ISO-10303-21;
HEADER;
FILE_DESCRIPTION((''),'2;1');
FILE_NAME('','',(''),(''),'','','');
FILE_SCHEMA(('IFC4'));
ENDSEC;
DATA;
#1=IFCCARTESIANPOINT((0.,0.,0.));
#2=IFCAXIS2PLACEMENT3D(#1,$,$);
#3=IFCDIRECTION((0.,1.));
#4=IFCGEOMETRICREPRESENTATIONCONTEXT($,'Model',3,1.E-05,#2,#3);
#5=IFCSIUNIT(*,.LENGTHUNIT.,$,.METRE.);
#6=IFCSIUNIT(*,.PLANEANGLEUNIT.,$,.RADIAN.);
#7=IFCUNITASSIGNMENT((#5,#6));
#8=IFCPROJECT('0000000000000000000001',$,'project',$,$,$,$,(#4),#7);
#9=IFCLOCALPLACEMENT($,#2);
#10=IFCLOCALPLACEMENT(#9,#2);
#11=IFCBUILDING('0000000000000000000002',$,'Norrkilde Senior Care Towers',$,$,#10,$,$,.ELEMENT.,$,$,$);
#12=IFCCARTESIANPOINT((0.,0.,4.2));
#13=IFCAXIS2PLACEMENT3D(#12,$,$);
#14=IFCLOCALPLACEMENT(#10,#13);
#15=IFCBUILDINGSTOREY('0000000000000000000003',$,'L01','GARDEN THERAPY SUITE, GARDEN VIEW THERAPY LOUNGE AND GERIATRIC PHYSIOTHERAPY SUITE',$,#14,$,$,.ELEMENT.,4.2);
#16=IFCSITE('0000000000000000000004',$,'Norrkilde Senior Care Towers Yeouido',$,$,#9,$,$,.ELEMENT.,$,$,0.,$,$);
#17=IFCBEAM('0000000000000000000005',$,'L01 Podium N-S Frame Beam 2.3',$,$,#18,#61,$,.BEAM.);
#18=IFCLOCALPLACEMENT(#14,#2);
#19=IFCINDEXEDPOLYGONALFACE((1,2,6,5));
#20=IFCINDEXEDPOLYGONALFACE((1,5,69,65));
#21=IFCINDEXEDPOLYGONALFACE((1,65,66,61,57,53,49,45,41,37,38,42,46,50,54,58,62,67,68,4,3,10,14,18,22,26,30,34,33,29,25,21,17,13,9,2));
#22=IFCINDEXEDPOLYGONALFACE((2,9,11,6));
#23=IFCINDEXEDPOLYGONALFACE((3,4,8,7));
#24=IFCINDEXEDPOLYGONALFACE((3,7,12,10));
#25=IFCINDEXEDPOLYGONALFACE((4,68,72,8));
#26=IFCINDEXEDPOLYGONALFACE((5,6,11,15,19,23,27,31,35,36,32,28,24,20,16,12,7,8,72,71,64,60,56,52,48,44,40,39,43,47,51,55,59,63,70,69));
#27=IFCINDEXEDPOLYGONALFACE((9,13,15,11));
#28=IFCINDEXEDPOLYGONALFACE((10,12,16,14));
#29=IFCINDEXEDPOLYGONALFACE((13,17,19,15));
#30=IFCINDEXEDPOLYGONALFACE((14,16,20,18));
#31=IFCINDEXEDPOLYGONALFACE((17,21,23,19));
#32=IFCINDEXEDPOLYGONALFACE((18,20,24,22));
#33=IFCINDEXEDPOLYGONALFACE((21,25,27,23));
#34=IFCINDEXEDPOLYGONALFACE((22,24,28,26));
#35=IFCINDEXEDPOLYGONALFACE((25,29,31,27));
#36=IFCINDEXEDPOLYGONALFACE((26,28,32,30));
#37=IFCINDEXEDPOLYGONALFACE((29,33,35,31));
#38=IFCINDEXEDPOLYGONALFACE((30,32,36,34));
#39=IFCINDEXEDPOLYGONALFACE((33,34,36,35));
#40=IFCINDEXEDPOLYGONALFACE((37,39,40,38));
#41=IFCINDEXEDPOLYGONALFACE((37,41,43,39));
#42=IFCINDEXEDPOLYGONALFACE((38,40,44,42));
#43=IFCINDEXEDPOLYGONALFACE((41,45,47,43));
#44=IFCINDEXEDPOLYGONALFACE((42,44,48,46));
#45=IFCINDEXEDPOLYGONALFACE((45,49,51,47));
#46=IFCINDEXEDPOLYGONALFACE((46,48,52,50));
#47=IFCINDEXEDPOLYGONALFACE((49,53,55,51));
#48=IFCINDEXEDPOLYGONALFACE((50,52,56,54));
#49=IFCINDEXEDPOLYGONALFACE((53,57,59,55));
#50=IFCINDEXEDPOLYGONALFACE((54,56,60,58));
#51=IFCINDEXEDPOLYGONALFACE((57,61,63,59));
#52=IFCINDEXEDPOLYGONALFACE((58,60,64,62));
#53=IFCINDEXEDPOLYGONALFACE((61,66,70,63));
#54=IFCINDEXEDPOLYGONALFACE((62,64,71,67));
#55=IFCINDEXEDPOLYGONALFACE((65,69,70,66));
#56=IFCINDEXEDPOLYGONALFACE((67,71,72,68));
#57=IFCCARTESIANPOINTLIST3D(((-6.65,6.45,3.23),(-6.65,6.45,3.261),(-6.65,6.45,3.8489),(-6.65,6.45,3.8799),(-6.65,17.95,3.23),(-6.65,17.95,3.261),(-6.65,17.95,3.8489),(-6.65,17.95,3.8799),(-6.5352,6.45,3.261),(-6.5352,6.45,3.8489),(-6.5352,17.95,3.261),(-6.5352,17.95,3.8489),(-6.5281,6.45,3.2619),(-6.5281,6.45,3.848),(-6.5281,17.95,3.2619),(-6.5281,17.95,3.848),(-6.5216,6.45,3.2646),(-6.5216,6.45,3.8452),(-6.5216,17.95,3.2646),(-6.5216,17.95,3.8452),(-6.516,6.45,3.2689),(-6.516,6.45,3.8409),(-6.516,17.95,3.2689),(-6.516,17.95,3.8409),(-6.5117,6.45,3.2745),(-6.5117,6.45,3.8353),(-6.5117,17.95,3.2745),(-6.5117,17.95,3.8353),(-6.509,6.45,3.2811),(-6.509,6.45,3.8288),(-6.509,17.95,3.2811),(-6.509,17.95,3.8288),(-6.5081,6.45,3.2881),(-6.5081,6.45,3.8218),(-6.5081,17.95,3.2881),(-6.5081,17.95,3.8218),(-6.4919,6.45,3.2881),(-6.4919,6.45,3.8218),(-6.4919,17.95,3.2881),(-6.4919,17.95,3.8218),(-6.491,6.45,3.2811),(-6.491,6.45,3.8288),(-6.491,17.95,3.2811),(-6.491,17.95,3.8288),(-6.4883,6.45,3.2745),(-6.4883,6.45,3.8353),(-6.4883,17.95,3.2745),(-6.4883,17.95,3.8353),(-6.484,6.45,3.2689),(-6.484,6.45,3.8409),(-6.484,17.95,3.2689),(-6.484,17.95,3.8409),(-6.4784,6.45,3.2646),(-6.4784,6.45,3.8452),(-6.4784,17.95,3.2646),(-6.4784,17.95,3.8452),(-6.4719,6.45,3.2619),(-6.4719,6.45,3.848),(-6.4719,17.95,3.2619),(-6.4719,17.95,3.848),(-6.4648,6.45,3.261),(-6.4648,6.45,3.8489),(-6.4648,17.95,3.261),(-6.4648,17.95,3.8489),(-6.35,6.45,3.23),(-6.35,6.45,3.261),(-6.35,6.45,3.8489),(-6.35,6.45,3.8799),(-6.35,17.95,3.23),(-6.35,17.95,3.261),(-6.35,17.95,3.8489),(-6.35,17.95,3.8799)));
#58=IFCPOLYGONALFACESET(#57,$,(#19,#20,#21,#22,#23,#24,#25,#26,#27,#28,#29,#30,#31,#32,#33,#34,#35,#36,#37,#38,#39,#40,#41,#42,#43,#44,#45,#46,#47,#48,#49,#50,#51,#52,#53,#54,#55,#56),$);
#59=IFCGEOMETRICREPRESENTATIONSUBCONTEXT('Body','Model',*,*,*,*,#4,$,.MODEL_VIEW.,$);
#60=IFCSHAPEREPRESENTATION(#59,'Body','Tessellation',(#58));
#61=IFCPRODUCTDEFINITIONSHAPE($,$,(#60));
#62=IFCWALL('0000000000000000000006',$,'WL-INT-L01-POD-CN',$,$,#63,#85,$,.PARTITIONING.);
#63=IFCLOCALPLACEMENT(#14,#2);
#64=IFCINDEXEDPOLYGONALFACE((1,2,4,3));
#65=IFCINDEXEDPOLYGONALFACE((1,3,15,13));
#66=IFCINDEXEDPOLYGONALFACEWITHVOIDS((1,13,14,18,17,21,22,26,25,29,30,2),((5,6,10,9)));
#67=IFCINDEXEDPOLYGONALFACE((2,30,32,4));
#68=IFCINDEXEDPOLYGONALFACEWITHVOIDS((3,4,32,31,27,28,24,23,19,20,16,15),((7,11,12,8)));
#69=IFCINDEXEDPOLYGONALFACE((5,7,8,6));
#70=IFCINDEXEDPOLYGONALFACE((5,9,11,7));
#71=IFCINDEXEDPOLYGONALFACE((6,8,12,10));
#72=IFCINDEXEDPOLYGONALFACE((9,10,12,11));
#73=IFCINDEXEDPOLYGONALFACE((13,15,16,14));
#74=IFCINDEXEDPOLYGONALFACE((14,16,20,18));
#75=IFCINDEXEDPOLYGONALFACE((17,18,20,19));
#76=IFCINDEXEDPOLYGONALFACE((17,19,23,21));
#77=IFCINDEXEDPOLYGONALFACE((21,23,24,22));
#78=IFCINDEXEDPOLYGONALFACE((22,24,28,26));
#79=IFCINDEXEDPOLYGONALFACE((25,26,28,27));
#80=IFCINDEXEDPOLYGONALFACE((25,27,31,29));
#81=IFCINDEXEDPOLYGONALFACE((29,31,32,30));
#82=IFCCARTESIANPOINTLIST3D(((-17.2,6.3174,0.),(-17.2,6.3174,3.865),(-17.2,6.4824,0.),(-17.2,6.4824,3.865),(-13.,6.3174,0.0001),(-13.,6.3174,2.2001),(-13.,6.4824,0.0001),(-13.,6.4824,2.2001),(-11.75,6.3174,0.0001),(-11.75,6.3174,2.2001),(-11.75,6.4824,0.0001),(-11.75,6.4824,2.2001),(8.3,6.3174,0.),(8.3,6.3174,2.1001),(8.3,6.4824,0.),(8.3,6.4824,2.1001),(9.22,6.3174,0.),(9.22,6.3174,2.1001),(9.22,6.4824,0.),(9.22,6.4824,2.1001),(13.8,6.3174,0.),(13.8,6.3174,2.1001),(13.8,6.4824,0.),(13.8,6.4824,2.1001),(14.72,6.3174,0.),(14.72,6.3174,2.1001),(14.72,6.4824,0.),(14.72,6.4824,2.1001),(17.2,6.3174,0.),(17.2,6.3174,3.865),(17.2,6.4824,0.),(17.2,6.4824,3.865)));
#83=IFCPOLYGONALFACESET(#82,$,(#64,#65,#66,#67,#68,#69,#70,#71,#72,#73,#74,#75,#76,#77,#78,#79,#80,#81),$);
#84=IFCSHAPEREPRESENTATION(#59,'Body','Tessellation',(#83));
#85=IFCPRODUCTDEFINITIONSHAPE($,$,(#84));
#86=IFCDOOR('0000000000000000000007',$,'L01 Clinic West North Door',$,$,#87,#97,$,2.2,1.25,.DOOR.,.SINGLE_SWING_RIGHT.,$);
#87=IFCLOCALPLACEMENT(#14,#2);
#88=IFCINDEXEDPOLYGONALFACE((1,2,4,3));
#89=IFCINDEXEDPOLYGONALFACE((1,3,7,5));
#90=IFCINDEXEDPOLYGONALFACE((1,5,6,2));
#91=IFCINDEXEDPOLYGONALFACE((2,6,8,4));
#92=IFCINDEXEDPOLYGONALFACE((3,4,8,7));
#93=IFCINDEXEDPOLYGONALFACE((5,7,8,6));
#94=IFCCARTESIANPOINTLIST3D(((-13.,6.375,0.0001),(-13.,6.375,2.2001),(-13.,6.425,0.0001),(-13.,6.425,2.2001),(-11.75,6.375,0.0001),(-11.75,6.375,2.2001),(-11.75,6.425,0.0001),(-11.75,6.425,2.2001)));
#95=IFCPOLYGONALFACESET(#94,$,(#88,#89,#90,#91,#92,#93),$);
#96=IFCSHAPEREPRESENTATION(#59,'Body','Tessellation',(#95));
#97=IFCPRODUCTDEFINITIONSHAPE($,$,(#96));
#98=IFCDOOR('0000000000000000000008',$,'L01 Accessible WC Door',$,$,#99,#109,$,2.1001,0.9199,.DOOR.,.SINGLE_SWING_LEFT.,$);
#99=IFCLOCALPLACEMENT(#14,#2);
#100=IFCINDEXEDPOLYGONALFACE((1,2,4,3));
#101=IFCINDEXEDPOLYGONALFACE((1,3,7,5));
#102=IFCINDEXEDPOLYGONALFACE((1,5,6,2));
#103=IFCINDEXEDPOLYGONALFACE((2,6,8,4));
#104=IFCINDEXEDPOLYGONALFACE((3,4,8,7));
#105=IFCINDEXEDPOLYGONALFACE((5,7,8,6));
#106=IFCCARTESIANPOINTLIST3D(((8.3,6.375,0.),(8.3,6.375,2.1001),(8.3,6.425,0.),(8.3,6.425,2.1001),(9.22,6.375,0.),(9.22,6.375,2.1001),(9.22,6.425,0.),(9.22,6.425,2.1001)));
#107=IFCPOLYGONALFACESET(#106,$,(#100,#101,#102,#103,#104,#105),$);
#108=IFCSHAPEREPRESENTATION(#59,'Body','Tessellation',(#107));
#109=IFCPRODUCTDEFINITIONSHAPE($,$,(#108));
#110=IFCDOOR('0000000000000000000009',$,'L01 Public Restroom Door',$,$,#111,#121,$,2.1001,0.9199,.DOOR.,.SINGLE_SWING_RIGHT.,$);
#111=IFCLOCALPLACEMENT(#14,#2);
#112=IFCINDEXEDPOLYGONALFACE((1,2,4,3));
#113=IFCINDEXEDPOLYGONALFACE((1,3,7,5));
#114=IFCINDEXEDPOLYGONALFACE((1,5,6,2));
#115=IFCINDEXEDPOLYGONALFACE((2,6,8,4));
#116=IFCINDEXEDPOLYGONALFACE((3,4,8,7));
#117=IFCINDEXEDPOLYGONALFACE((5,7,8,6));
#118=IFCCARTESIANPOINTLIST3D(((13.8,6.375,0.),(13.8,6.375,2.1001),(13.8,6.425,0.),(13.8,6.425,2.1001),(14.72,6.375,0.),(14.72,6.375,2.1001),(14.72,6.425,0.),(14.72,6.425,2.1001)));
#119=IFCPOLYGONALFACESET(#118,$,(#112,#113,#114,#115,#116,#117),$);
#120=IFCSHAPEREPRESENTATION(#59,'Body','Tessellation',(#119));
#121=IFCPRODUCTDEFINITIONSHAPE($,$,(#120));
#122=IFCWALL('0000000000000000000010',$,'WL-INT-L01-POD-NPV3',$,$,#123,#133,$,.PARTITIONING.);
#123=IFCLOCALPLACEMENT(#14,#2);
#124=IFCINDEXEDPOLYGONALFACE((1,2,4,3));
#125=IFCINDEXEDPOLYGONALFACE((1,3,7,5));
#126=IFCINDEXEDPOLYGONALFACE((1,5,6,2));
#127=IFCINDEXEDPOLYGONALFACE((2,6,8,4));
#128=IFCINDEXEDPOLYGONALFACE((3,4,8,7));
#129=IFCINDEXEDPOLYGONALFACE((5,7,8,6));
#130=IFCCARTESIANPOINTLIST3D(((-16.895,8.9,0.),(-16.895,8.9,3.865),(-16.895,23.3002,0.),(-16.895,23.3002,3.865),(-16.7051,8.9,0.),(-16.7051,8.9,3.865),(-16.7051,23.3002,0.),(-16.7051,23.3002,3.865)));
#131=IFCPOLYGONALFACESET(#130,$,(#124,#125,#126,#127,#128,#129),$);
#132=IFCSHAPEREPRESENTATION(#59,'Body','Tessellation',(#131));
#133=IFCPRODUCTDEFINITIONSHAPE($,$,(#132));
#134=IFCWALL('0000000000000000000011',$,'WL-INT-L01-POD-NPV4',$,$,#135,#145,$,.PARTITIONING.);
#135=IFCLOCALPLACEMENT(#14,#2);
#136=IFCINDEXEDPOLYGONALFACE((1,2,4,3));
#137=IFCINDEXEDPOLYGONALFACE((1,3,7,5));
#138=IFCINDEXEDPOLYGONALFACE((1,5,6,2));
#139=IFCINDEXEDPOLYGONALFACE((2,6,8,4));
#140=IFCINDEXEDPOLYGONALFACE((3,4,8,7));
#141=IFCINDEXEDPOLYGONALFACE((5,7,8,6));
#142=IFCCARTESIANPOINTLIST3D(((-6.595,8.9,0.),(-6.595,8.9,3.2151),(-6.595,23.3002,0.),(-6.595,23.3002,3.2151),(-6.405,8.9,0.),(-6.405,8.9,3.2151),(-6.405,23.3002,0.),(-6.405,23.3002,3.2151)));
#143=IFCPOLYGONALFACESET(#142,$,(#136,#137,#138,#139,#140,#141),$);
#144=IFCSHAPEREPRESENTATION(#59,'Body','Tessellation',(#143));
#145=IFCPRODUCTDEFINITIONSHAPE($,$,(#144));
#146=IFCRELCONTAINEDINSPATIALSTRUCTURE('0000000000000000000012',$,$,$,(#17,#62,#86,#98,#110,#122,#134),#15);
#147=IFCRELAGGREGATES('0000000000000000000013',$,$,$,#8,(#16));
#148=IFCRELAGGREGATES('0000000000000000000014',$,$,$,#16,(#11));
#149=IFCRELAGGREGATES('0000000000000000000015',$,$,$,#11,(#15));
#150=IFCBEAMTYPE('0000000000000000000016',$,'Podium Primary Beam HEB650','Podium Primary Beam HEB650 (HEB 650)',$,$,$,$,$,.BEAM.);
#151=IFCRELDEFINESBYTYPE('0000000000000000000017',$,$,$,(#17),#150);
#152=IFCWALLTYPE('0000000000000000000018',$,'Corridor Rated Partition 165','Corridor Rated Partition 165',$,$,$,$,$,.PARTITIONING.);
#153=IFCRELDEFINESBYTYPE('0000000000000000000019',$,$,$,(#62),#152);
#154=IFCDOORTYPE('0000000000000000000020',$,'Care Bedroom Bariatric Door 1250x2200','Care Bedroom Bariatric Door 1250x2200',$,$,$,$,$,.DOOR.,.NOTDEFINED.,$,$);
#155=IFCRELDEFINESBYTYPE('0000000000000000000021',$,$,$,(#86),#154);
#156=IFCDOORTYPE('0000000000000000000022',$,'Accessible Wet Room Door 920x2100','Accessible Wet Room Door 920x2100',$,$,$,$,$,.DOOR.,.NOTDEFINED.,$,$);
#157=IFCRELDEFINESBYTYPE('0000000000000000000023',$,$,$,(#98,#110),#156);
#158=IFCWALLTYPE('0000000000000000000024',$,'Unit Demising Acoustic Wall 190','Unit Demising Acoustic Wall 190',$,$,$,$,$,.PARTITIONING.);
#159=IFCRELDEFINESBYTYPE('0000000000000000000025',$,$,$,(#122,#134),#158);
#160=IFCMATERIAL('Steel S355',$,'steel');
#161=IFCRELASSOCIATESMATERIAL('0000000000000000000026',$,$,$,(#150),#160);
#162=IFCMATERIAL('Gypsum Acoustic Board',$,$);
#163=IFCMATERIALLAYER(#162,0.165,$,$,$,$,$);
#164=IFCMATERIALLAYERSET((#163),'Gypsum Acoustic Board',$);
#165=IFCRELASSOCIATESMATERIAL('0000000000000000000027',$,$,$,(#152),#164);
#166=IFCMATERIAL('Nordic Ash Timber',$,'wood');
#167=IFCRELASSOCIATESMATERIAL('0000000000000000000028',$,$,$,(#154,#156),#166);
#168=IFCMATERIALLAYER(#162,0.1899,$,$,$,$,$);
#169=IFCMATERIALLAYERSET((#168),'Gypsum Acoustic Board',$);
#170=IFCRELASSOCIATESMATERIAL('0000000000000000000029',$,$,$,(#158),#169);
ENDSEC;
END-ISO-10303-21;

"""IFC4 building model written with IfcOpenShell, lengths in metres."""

from ifc_helpers import new_model, si_unit, direction, frame, frame_2d, origin, origin_2d, place, context, subcontext, project, spatial, rectangle, i_section, extrude, source, transform, mapped, material, layer, layer_set, material_profile, profile_set, type_object, type_shapes, element, fill, save


model = new_model("IFC4")

# Units and contexts
model_context = context("Model", 3, precision=1e-05, world=origin(), true_north=direction((0.0, 1.0)))
body_context = subcontext(model_context, "Body", "Model", "MODEL_VIEW")
ifc_project = project(units=[si_unit("LENGTHUNIT", "METRE"), si_unit("PLANEANGLEUNIT", "RADIAN")], contexts=[model_context])

# Site, building, storey
site_placement = place(None, origin())
site = spatial("IfcSite", under=ifc_project, at=site_placement, Name="Norrkilde Senior Care Towers Yeouido", CompositionType="ELEMENT", RefElevation=0.0)
building_placement = place(site_placement, origin())
building = spatial("IfcBuilding", under=site, at=building_placement, Name="Norrkilde Senior Care Towers", CompositionType="ELEMENT")
storey_placement = place(building_placement, frame((0.0, 0.0, 4.2)))
storey = spatial("IfcBuildingStorey", under=building, at=storey_placement, Name="L01", Description="GARDEN THERAPY SUITE, GARDEN VIEW THERAPY LOUNGE AND GERIATRIC PHYSIOTHERAPY SUITE", CompositionType="ELEMENT", Elevation=4.2)

# Beam
ifc_material_1 = material(Name="Steel S355", Category="steel")
ifc_material_profile_1 = material_profile(ifc_material_1, i_section(OverallWidth=0.3, OverallDepth=0.6499, WebThickness=0.0161, FlangeThickness=0.031, FilletRadius=0.0271, at=origin_2d()), Name="HEB 650")
ifc_profile_set_1 = profile_set([ifc_material_profile_1], Name="Steel S355")
beam_type_1 = type_object("IfcBeamType", Name="Podium Primary Beam HEB650", Description="Podium Primary Beam HEB650 (HEB 650)", PredefinedType="BEAM", material=ifc_profile_set_1)
shared_shape_1 = source(origin(), body_context, "Body", "SweptSolid", [
    extrude(i_section(OverallWidth=0.3, OverallDepth=0.6499, WebThickness=0.0161, FlangeThickness=0.031, FilletRadius=0.0271, at=origin_2d()), origin(), (0.0, 0.0, 1.0), 11.5),
])
beam_1_placement = place(storey_placement, frame((-6.5, 6.45, 3.5549), z_axis=(0.0, 1.0, 0.0), x_axis=(-1.0, 0.0, 0.0)))
element("IfcBeam", 1, at=beam_1_placement, inside=storey, type_object=beam_type_1, Name="L01 Podium N-S Frame Beam 2.3", PredefinedType="BEAM", context=body_context, shape_type="MappedRepresentation", body=[
    mapped(shared_shape_1, transform((0.0, 0.0, 0.0), x_axis=(1.0, 0.0, 0.0), y_axis=(0.0, 1.0, 0.0), z_axis=(0.0, 0.0, 1.0), scale=1.0)),
])

# Wall, openings, doors
ifc_material_2 = material(Name="Gypsum Acoustic Board")
ifc_layer_1 = layer(ifc_material_2, 0.165)
ifc_layer_set_1 = layer_set([ifc_layer_1], Name="Gypsum Acoustic Board")
wall_type_1 = type_object("IfcWallType", Name="Corridor Rated Partition 165", Description="Corridor Rated Partition 165", PredefinedType="PARTITIONING", material=ifc_layer_set_1)
shared_shape_2 = source(origin(), body_context, "Body", "SweptSolid", [
    extrude(rectangle(XDim=34.3999, YDim=0.165, at=frame_2d((17.2, 0.0))), origin(), (0.0, 0.0, 1.0), 3.865),
])
type_shapes(wall_type_1, [shared_shape_2])
wall_1_placement = place(storey_placement, frame((-17.2, 6.3999, 0.0), z_axis=(0.0, 0.0, 1.0), x_axis=(1.0, 0.0, 0.0)))
wall_1 = element("IfcWall", 2, at=wall_1_placement, inside=storey, type_object=wall_type_1, Name="WL-INT-L01-POD-CN", PredefinedType="PARTITIONING", context=body_context, shape_type="MappedRepresentation", body=[
    mapped(shared_shape_2, transform((0.0, 0.0, 0.0), x_axis=(1.0, 0.0, 0.0), y_axis=(0.0, 1.0, 0.0), z_axis=(0.0, 0.0, 1.0), scale=1.0)),
])
opening_1_placement = place(wall_1_placement, frame((4.2, 0.0, 0.0)))
opening_1 = element("IfcOpeningElement", 3, at=opening_1_placement, cuts=wall_1, PredefinedType="OPENING", context=body_context, shape_type="SweptSolid", body=[
    extrude(rectangle(XDim=1.25, YDim=2.2, at=frame_2d((0.625, 1.1001))), frame((0.0, 0.0925, 0.0), z_axis=(0.0, -1.0, 0.0), x_axis=(1.0, 0.0, 0.0)), (0.0, 0.0, 1.0), 0.1851),
])
opening_2_placement = place(wall_1_placement, frame((25.5, 0.0, 0.0)))
opening_2 = element("IfcOpeningElement", 4, at=opening_2_placement, cuts=wall_1, PredefinedType="OPENING", context=body_context, shape_type="SweptSolid", body=[
    extrude(rectangle(XDim=0.9199, YDim=2.1001, at=frame_2d((0.46, 1.05))), frame((0.0, 0.0925, 0.0), z_axis=(0.0, -1.0, 0.0), x_axis=(1.0, 0.0, 0.0)), (0.0, 0.0, 1.0), 0.1851),
])
opening_3_placement = place(wall_1_placement, frame((31.0, 0.0, 0.0)))
opening_3 = element("IfcOpeningElement", 5, at=opening_3_placement, cuts=wall_1, PredefinedType="OPENING", context=body_context, shape_type="SweptSolid", body=[
    extrude(rectangle(XDim=0.9199, YDim=2.1001, at=frame_2d((0.46, 1.05))), frame((0.0, 0.0925, 0.0), z_axis=(0.0, -1.0, 0.0), x_axis=(1.0, 0.0, 0.0)), (0.0, 0.0, 1.0), 0.1851),
])
ifc_material_3 = material(Name="Nordic Ash Timber", Category="wood")
door_type_1 = type_object("IfcDoorType", Name="Care Bedroom Bariatric Door 1250x2200", Description="Care Bedroom Bariatric Door 1250x2200", OperationType="NOTDEFINED", PredefinedType="DOOR", material=ifc_material_3)
shared_shape_3 = source(origin(), body_context, "Body", "SweptSolid", [
    extrude(rectangle(XDim=1.25, YDim=2.2, at=frame_2d((0.625, 1.1001))), frame((0.0, 0.0249, 0.0), z_axis=(0.0, -1.0, 0.0), x_axis=(1.0, 0.0, 0.0)), (0.0, 0.0, 1.0), 0.05),
])
type_shapes(door_type_1, [shared_shape_3])
door_1_placement = place(opening_1_placement, frame((1.25, 0.0, 0.0), z_axis=(0.0, 0.0, 1.0), x_axis=(-1.0, 0.0, 0.0)))
door_1 = element("IfcDoor", 6, at=door_1_placement, inside=storey, type_object=door_type_1, Name="L01 Clinic West North Door", OperationType="SINGLE_SWING_RIGHT", OverallHeight=2.2, OverallWidth=1.25, PredefinedType="DOOR", context=body_context, shape_type="MappedRepresentation", body=[
    mapped(shared_shape_3, transform((0.0, 0.0, 0.0), x_axis=(1.0, 0.0, 0.0), y_axis=(0.0, 1.0, 0.0), z_axis=(0.0, 0.0, 1.0), scale=1.0)),
])
fill(opening_1, door_1)
door_type_2 = type_object("IfcDoorType", Name="Accessible Wet Room Door 920x2100", Description="Accessible Wet Room Door 920x2100", OperationType="NOTDEFINED", PredefinedType="DOOR", material=ifc_material_3)
shared_shape_4 = source(origin(), body_context, "Body", "SweptSolid", [
    extrude(rectangle(XDim=0.9199, YDim=2.1001, at=frame_2d((0.46, 1.05))), frame((0.0, 0.0249, 0.0), z_axis=(0.0, -1.0, 0.0), x_axis=(1.0, 0.0, 0.0)), (0.0, 0.0, 1.0), 0.05),
])
type_shapes(door_type_2, [shared_shape_4])
door_2_placement = place(opening_2_placement, frame((0.9199, 0.0, 0.0), z_axis=(0.0, 0.0, 1.0), x_axis=(-1.0, 0.0, 0.0)))
door_2 = element("IfcDoor", 7, at=door_2_placement, inside=storey, type_object=door_type_2, Name="L01 Accessible WC Door", OperationType="SINGLE_SWING_LEFT", OverallHeight=2.1001, OverallWidth=0.9199, PredefinedType="DOOR", context=body_context, shape_type="MappedRepresentation", body=[
    mapped(shared_shape_4, transform((0.0, 0.0, 0.0), x_axis=(1.0, 0.0, 0.0), y_axis=(0.0, 1.0, 0.0), z_axis=(0.0, 0.0, 1.0), scale=1.0)),
])
fill(opening_2, door_2)
door_3_placement = place(opening_3_placement, frame((0.9199, 0.0, 0.0), z_axis=(0.0, 0.0, 1.0), x_axis=(-1.0, 0.0, 0.0)))
door_3 = element("IfcDoor", 8, at=door_3_placement, inside=storey, type_object=door_type_2, Name="L01 Public Restroom Door", OperationType="SINGLE_SWING_RIGHT", OverallHeight=2.1001, OverallWidth=0.9199, PredefinedType="DOOR", context=body_context, shape_type="MappedRepresentation", body=[
    mapped(shared_shape_4, transform((0.0, 0.0, 0.0), x_axis=(1.0, 0.0, 0.0), y_axis=(0.0, 1.0, 0.0), z_axis=(0.0, 0.0, 1.0), scale=1.0)),
])
fill(opening_3, door_3)

# Walls
ifc_layer_2 = layer(ifc_material_2, 0.1899)
ifc_layer_set_2 = layer_set([ifc_layer_2], Name="Gypsum Acoustic Board")
wall_type_2 = type_object("IfcWallType", Name="Unit Demising Acoustic Wall 190", Description="Unit Demising Acoustic Wall 190", PredefinedType="PARTITIONING", material=ifc_layer_set_2)
shared_shape_5 = source(origin(), body_context, "Body", "SweptSolid", [
    extrude(rectangle(XDim=14.4001, YDim=0.1899, at=frame_2d((7.2002, 0.0))), origin(), (0.0, 0.0, 1.0), 3.865),
])
wall_2_placement = place(storey_placement, frame((-16.8, 8.8999, 0.0), z_axis=(0.0, 0.0, 1.0), x_axis=(0.0, 1.0, 0.0)))
element("IfcWall", 9, at=wall_2_placement, inside=storey, type_object=wall_type_2, Name="WL-INT-L01-POD-NPV3", PredefinedType="PARTITIONING", context=body_context, shape_type="MappedRepresentation", body=[
    mapped(shared_shape_5, transform((0.0, 0.0, 0.0), x_axis=(1.0, 0.0, 0.0), y_axis=(0.0, 1.0, 0.0), z_axis=(0.0, 0.0, 1.0), scale=1.0)),
])
shared_shape_6 = source(origin(), body_context, "Body", "SweptSolid", [
    extrude(rectangle(XDim=14.4001, YDim=0.1899, at=frame_2d((7.2002, 0.0))), origin(), (0.0, 0.0, 1.0), 3.2151),
])
type_shapes(wall_type_2, [shared_shape_5, shared_shape_6])
wall_3_placement = place(storey_placement, frame((-6.5, 8.8999, 0.0), z_axis=(0.0, 0.0, 1.0), x_axis=(0.0, 1.0, 0.0)))
element("IfcWall", 10, at=wall_3_placement, inside=storey, type_object=wall_type_2, Name="WL-INT-L01-POD-NPV4", PredefinedType="PARTITIONING", context=body_context, shape_type="MappedRepresentation", body=[
    mapped(shared_shape_6, transform((0.0, 0.0, 0.0), x_axis=(1.0, 0.0, 0.0), y_axis=(0.0, 1.0, 0.0), z_axis=(0.0, 0.0, 1.0), scale=1.0)),
])

save(model, "model.ifc")
